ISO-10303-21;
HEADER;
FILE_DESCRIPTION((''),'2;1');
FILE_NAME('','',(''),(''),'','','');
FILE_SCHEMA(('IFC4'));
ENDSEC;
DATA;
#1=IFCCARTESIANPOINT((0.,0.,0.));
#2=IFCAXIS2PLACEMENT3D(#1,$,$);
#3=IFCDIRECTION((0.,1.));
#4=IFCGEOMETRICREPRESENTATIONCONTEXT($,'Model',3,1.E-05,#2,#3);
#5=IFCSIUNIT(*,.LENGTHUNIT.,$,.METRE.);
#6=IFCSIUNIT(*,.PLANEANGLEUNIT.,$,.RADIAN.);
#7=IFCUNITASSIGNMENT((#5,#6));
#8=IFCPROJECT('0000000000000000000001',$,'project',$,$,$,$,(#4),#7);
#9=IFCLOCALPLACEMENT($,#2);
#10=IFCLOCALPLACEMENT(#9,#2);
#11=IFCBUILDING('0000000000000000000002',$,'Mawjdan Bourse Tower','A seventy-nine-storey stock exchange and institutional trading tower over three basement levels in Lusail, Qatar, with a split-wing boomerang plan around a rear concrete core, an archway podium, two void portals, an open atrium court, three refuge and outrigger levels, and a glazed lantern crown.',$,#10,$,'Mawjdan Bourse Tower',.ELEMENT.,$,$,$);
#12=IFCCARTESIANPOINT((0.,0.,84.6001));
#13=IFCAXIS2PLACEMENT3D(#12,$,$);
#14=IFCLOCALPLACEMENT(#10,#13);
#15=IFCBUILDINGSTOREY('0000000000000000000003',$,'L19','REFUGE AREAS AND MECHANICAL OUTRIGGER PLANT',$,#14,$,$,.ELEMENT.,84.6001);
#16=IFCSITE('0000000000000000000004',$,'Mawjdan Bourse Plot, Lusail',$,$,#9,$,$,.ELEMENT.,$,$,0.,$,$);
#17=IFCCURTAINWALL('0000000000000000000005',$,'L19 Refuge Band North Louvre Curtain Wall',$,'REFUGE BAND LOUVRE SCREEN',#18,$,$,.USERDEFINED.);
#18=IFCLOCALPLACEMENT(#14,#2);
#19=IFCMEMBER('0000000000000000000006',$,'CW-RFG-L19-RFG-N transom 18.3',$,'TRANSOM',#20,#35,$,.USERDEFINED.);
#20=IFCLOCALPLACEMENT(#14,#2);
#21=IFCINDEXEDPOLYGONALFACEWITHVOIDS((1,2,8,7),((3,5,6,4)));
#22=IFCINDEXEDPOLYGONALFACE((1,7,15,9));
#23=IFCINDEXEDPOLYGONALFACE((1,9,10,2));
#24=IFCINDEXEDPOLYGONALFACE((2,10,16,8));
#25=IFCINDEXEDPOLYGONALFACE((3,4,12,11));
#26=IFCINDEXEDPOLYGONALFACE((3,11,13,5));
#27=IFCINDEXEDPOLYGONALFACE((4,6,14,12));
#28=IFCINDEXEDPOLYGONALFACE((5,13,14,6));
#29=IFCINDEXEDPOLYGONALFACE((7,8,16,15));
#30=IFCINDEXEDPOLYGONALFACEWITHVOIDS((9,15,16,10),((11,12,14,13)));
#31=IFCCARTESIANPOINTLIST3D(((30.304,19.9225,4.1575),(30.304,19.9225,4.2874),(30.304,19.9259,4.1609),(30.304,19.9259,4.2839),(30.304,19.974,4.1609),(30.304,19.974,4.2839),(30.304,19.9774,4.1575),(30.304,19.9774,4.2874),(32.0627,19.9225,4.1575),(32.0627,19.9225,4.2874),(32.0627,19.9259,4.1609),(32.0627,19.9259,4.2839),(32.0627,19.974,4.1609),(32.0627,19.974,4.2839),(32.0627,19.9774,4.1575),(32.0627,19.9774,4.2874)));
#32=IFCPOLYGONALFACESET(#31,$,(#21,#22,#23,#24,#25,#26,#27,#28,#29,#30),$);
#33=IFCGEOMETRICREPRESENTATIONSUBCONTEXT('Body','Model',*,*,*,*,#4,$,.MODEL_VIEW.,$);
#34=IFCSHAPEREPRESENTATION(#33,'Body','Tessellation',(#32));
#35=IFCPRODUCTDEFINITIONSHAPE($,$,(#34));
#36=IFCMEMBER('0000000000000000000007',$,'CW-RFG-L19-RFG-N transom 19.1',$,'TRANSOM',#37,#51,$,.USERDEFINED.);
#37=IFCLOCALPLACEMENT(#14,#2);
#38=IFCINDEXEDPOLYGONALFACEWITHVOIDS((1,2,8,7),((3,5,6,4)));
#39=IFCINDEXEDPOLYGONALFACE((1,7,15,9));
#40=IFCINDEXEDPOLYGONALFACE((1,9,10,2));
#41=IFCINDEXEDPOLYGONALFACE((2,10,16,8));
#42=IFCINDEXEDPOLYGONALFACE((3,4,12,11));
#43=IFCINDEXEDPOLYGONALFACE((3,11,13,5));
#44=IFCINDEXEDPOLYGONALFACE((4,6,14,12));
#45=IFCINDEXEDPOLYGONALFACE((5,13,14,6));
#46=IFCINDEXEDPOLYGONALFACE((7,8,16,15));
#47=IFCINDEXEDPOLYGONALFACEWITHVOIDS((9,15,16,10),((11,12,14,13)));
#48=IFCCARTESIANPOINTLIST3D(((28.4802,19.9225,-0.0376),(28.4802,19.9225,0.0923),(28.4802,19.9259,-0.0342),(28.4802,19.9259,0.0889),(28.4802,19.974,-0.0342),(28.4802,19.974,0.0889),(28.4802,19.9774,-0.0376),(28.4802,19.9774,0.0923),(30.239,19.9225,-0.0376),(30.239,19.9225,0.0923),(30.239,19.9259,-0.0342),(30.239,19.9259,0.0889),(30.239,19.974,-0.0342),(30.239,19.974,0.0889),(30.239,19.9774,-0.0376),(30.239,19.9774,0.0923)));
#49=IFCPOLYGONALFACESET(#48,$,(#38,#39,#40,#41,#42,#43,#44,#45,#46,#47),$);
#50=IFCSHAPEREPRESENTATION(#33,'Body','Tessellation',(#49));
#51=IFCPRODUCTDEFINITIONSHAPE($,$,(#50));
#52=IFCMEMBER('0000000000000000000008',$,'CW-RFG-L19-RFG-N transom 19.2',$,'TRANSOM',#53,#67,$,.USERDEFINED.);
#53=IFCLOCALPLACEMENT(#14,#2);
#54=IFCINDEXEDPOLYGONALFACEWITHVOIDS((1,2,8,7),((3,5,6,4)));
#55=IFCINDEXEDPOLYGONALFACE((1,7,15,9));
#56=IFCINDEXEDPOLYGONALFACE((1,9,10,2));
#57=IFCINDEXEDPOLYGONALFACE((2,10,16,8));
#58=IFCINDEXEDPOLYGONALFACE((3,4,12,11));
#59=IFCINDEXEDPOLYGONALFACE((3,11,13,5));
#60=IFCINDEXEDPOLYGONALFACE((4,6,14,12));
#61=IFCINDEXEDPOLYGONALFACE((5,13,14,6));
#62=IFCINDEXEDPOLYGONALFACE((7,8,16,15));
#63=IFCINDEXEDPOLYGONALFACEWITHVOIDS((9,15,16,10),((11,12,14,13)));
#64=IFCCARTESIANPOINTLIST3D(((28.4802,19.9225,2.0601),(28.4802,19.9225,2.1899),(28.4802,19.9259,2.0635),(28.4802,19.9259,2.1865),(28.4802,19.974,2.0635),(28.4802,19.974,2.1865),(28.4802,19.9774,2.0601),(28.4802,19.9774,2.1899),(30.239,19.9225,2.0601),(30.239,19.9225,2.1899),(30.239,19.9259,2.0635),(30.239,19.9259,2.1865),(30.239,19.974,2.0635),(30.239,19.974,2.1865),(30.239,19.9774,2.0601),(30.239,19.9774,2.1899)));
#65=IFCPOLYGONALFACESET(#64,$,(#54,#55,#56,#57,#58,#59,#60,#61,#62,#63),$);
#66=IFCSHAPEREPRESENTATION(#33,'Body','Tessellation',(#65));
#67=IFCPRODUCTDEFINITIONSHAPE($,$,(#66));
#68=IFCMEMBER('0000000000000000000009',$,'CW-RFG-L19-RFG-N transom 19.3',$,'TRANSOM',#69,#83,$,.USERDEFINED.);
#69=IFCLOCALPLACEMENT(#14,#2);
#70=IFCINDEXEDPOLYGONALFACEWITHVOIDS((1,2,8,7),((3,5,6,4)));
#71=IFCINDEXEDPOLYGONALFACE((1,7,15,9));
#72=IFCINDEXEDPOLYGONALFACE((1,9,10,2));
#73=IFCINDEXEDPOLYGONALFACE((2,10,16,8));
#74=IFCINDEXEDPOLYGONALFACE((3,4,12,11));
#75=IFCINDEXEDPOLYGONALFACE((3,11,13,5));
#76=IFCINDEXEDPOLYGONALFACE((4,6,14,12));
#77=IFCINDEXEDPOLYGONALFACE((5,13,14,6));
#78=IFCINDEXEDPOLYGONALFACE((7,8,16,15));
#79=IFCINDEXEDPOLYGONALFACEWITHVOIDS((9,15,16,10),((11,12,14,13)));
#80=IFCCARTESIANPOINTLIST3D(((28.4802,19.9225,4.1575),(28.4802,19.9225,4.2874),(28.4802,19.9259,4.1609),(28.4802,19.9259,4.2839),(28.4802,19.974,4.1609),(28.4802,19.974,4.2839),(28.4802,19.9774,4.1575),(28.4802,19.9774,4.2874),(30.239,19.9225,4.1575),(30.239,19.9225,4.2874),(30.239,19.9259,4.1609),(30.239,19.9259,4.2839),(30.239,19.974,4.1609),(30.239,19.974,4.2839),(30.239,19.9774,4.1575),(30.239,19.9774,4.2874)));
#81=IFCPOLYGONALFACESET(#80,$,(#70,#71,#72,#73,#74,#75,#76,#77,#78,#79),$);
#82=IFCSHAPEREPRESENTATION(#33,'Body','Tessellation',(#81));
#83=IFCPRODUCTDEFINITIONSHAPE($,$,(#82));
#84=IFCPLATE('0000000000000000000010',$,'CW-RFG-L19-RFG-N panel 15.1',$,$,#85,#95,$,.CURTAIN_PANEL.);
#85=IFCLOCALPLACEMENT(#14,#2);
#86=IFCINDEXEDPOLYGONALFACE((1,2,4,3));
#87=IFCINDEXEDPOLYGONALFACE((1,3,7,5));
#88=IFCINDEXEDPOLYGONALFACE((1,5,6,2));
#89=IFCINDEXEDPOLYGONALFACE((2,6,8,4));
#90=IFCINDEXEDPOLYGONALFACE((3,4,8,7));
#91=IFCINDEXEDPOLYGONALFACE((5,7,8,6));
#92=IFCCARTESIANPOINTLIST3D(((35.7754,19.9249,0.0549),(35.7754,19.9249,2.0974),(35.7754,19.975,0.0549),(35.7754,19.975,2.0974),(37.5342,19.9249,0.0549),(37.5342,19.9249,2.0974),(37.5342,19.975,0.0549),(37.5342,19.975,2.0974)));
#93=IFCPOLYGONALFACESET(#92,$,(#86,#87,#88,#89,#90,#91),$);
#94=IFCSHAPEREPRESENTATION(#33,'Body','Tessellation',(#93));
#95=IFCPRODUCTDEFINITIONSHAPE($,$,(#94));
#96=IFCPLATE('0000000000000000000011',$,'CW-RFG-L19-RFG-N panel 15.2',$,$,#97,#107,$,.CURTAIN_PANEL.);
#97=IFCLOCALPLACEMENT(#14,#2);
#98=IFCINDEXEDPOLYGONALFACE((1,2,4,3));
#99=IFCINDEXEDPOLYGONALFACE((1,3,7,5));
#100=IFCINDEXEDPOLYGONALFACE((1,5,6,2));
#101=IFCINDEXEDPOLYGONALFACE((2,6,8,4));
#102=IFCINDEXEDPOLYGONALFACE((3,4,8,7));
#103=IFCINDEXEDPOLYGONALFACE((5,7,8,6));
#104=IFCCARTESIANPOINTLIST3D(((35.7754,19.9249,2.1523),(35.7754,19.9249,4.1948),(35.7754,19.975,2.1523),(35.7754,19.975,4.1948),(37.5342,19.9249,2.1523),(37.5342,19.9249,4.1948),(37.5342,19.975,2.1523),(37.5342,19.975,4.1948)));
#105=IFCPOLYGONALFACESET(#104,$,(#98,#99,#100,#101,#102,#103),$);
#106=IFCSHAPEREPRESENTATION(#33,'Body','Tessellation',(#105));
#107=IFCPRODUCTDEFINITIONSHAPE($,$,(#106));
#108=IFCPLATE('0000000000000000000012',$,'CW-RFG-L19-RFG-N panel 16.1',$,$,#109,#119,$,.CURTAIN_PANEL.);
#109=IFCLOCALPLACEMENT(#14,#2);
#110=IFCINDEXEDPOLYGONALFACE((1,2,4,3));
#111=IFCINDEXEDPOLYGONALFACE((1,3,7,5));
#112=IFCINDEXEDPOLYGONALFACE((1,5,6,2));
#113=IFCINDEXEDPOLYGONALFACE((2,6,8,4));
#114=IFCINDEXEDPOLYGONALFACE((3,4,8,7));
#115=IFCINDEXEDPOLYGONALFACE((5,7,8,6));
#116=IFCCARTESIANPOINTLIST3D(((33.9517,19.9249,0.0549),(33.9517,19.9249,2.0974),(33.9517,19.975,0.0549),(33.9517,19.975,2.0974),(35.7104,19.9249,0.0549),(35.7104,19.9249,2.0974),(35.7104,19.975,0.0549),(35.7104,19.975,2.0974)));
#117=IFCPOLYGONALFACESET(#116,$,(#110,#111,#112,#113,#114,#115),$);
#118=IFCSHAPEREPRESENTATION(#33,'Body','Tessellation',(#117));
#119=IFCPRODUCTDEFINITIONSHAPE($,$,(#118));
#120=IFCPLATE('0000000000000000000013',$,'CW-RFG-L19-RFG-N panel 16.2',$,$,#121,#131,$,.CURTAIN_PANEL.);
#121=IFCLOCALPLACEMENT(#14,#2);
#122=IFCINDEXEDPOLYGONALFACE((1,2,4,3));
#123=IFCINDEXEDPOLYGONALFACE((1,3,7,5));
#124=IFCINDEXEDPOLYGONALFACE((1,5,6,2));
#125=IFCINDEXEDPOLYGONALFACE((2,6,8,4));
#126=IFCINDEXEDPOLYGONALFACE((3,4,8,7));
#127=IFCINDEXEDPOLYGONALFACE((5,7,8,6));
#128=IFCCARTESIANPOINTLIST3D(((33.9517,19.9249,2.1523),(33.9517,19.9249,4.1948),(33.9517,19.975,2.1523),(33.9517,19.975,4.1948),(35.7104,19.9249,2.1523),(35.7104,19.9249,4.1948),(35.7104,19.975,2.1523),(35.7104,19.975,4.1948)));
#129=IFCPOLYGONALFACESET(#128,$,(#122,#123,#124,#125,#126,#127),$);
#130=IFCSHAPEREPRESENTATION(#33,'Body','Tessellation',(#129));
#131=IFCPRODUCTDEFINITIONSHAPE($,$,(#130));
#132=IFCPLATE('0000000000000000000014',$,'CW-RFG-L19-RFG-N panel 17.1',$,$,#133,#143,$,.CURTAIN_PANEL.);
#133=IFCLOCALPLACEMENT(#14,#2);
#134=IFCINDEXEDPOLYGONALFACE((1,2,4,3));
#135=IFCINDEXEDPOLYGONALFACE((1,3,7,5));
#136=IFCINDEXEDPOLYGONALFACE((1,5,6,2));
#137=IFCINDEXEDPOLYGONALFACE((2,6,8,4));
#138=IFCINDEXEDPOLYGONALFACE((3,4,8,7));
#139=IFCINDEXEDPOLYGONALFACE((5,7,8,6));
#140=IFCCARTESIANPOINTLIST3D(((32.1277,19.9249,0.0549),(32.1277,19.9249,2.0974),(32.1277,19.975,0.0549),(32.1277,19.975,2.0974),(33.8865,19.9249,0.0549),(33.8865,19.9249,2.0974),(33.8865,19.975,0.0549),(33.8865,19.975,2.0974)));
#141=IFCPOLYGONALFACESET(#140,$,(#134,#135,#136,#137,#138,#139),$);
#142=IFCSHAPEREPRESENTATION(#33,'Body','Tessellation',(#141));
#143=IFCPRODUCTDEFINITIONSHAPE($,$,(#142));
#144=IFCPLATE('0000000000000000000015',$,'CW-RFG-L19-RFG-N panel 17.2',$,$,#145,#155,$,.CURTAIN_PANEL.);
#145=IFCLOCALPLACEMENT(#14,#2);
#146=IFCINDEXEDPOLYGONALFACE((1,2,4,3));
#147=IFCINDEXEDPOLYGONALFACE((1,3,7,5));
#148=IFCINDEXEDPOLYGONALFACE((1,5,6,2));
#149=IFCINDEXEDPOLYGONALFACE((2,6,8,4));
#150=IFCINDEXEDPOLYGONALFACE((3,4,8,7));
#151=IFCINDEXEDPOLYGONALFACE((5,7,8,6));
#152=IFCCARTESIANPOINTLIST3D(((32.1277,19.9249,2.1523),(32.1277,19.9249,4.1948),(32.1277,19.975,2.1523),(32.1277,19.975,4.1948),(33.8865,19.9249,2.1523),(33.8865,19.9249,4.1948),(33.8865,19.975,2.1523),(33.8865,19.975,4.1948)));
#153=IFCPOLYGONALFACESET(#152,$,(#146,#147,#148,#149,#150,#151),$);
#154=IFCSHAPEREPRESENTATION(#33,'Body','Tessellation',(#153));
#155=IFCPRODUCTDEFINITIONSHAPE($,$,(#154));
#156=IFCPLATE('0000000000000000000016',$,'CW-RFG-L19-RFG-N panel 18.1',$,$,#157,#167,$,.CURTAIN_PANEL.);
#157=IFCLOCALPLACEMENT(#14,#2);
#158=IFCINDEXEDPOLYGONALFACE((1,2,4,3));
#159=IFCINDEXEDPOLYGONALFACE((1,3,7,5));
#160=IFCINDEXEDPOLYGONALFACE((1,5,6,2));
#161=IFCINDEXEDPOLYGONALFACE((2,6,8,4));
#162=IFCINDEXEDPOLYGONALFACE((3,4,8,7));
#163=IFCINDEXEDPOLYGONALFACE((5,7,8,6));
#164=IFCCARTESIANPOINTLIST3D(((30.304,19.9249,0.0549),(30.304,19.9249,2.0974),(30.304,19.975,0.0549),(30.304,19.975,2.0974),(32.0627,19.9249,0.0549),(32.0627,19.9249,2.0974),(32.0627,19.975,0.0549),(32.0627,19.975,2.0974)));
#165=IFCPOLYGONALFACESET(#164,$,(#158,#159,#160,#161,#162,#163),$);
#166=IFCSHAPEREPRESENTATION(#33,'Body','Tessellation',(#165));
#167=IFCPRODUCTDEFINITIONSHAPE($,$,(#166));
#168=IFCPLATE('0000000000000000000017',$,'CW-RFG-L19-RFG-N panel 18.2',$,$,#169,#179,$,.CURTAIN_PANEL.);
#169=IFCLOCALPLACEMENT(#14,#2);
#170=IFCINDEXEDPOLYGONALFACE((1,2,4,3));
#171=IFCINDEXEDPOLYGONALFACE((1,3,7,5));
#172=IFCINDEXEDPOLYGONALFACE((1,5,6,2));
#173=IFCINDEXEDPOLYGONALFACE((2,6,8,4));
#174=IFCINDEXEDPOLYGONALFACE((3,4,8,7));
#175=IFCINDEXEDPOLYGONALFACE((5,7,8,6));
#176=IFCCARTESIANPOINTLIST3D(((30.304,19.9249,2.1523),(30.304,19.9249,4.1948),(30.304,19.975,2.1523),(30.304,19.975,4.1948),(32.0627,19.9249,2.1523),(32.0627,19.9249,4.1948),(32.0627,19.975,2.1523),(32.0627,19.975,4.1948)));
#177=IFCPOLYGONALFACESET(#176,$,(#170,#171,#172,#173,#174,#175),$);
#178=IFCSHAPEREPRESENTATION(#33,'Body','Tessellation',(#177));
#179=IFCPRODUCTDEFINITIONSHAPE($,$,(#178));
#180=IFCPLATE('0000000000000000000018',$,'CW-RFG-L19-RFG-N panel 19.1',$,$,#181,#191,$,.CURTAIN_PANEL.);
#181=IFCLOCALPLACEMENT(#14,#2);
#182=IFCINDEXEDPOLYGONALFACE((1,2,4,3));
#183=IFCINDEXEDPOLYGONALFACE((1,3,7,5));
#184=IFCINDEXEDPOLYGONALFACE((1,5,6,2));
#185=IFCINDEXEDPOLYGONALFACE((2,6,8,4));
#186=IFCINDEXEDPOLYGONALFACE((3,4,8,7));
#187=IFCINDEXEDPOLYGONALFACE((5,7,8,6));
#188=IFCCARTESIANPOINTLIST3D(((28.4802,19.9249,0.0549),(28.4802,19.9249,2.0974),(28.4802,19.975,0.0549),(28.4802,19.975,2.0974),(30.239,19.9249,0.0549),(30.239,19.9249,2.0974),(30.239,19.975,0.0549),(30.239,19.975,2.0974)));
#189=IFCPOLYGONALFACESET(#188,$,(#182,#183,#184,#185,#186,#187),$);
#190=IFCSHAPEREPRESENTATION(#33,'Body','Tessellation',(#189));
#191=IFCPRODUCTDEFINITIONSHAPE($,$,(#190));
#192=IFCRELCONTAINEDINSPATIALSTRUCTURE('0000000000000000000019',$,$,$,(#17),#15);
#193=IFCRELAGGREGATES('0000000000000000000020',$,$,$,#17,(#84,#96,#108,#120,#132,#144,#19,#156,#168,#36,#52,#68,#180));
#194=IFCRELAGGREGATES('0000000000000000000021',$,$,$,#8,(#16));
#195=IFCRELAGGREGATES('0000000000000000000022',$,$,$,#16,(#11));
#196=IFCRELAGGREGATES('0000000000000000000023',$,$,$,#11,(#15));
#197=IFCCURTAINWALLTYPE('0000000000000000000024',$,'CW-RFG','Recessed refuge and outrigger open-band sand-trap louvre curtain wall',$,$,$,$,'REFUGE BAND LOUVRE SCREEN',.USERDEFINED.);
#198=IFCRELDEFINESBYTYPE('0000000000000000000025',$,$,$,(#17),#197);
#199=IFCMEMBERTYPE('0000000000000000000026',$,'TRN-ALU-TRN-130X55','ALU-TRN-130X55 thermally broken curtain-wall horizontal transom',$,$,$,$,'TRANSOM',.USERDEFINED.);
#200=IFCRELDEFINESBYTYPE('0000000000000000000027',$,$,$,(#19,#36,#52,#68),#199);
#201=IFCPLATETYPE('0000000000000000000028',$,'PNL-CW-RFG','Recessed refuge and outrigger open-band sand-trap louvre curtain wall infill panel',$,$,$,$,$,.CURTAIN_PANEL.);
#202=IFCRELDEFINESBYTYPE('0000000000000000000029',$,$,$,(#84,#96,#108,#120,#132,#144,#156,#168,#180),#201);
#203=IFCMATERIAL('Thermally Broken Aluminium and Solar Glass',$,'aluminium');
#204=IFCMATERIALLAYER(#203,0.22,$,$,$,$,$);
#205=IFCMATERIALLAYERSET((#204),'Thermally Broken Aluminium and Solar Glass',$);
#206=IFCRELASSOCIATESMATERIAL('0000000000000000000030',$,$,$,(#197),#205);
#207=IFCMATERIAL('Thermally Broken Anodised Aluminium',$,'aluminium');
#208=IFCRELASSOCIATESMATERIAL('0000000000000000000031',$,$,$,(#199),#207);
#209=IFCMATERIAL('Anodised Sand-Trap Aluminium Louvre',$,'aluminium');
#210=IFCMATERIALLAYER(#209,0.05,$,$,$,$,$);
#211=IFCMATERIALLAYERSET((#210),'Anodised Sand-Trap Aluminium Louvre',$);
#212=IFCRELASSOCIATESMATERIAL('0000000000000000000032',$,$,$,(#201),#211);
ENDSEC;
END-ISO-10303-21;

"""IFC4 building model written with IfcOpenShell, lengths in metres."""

from ifc_helpers import new_model, si_unit, direction, frame, origin, origin_2d, place, context, subcontext, project, spatial, rectangle, hollow_rectangle, extrude, material, layer, layer_set, material_profile, profile_set, type_object, element, aggregate, save


model = new_model("IFC4")

# Units and contexts
model_context = context("Model", 3, precision=1e-05, world=origin(), true_north=direction((0.0, 1.0)))
body_context = subcontext(model_context, "Body", "Model", "MODEL_VIEW")
ifc_project = project(units=[si_unit("LENGTHUNIT", "METRE"), si_unit("PLANEANGLEUNIT", "RADIAN")], contexts=[model_context])

# Site, building, storey
site_placement = place(None, origin())
site = spatial("IfcSite", under=ifc_project, at=site_placement, Name="Mawjdan Bourse Plot, Lusail", CompositionType="ELEMENT", RefElevation=0.0)
building_placement = place(site_placement, origin())
building = spatial("IfcBuilding", under=site, at=building_placement, Name="Mawjdan Bourse Tower", Description="A seventy-nine-storey stock exchange and institutional trading tower over three basement levels in Lusail, Qatar, with a split-wing boomerang plan around a rear concrete core, an archway podium, two void portals, an open atrium court, three refuge and outrigger levels, and a glazed lantern crown.", LongName="Mawjdan Bourse Tower", CompositionType="ELEMENT")
storey_placement = place(building_placement, frame((0.0, 0.0, 84.6001)))
storey = spatial("IfcBuildingStorey", under=building, at=storey_placement, Name="L19", Description="REFUGE AREAS AND MECHANICAL OUTRIGGER PLANT", CompositionType="ELEMENT", Elevation=84.6001)

# Curtain wall
ifc_material_1 = material(Name="Thermally Broken Aluminium and Solar Glass", Category="aluminium")
ifc_layer_1 = layer(ifc_material_1, 0.22)
ifc_layer_set_1 = layer_set([ifc_layer_1], Name="Thermally Broken Aluminium and Solar Glass")
curtain_wall_type = type_object("IfcCurtainWallType", Name="CW-RFG", Description="Recessed refuge and outrigger open-band sand-trap louvre curtain wall", ElementType="REFUGE BAND LOUVRE SCREEN", PredefinedType="USERDEFINED", material=ifc_layer_set_1)
curtain_wall_placement = place(storey_placement, origin())
curtain_wall = element("IfcCurtainWall", 1, at=curtain_wall_placement, inside=storey, type_object=curtain_wall_type, Name="L19 Refuge Band North Louvre Curtain Wall", ObjectType="REFUGE BAND LOUVRE SCREEN", PredefinedType="USERDEFINED")
ifc_material_2 = material(Name="Thermally Broken Anodised Aluminium", Category="aluminium")

# Members
ifc_material_profile_1 = material_profile(ifc_material_2, hollow_rectangle(XDim=0.0549, YDim=0.1299, WallThickness=0.0034, at=origin_2d()), Name="ALU-TRN-130X55")
ifc_profile_set_1 = profile_set([ifc_material_profile_1], Name="Thermally Broken Anodised Aluminium")
member_type_1 = type_object("IfcMemberType", Name="TRN-ALU-TRN-130X55", Description="ALU-TRN-130X55 thermally broken curtain-wall horizontal transom", ElementType="TRANSOM", PredefinedType="USERDEFINED", material=ifc_profile_set_1)
member_1_placement = place(storey_placement, frame((32.0627, 19.95, 4.2224), z_axis=(-1.0, 0.0, 0.0), x_axis=(0.0, -1.0, 0.0)))
member_1 = element("IfcMember", 2, at=member_1_placement, type_object=member_type_1, Name="CW-RFG-L19-RFG-N transom 18.3", ObjectType="TRANSOM", PredefinedType="USERDEFINED", context=body_context, shape_type="SweptSolid", body=[
    extrude(hollow_rectangle(XDim=0.0549, YDim=0.1299, WallThickness=0.0034, at=origin_2d()), origin(), (0.0, 0.0, 1.0), 1.7588),
])
member_2_placement = place(storey_placement, frame((30.239, 19.95, 0.0273), z_axis=(-1.0, 0.0, 0.0), x_axis=(0.0, -1.0, 0.0)))
member_2 = element("IfcMember", 3, at=member_2_placement, type_object=member_type_1, Name="CW-RFG-L19-RFG-N transom 19.1", ObjectType="TRANSOM", PredefinedType="USERDEFINED", context=body_context, shape_type="SweptSolid", body=[
    extrude(hollow_rectangle(XDim=0.0549, YDim=0.1299, WallThickness=0.0034, at=origin_2d()), origin(), (0.0, 0.0, 1.0), 1.7588),
])
member_3_placement = place(storey_placement, frame((30.239, 19.95, 2.125), z_axis=(-1.0, 0.0, 0.0), x_axis=(0.0, -1.0, 0.0)))
member_3 = element("IfcMember", 4, at=member_3_placement, type_object=member_type_1, Name="CW-RFG-L19-RFG-N transom 19.2", ObjectType="TRANSOM", PredefinedType="USERDEFINED", context=body_context, shape_type="SweptSolid", body=[
    extrude(hollow_rectangle(XDim=0.0549, YDim=0.1299, WallThickness=0.0034, at=origin_2d()), origin(), (0.0, 0.0, 1.0), 1.7588),
])
member_4_placement = place(storey_placement, frame((30.239, 19.95, 4.2224), z_axis=(-1.0, 0.0, 0.0), x_axis=(0.0, -1.0, 0.0)))
member_4 = element("IfcMember", 5, at=member_4_placement, type_object=member_type_1, Name="CW-RFG-L19-RFG-N transom 19.3", ObjectType="TRANSOM", PredefinedType="USERDEFINED", context=body_context, shape_type="SweptSolid", body=[
    extrude(hollow_rectangle(XDim=0.0549, YDim=0.1299, WallThickness=0.0034, at=origin_2d()), origin(), (0.0, 0.0, 1.0), 1.7588),
])

# Plates
ifc_material_3 = material(Name="Anodised Sand-Trap Aluminium Louvre", Category="aluminium")
ifc_layer_2 = layer(ifc_material_3, 0.05)
ifc_layer_set_2 = layer_set([ifc_layer_2], Name="Anodised Sand-Trap Aluminium Louvre")
plate_type = type_object("IfcPlateType", Name="PNL-CW-RFG", Description="Recessed refuge and outrigger open-band sand-trap louvre curtain wall infill panel", PredefinedType="CURTAIN_PANEL", material=ifc_layer_set_2)
plate_1_placement = place(storey_placement, frame((36.6548, 19.95, 0.0549), z_axis=(0.0, 0.0, 1.0), x_axis=(-1.0, 0.0, 0.0)))
plate_1 = element("IfcPlate", 6, at=plate_1_placement, type_object=plate_type, Name="CW-RFG-L19-RFG-N panel 15.1", PredefinedType="CURTAIN_PANEL", context=body_context, shape_type="SweptSolid", body=[
    extrude(rectangle(XDim=1.7588, YDim=0.05, at=origin_2d()), origin(), (0.0, 0.0, 1.0), 2.0425),
])
plate_2_placement = place(storey_placement, frame((36.6548, 19.95, 2.1523), z_axis=(0.0, 0.0, 1.0), x_axis=(-1.0, 0.0, 0.0)))
plate_2 = element("IfcPlate", 7, at=plate_2_placement, type_object=plate_type, Name="CW-RFG-L19-RFG-N panel 15.2", PredefinedType="CURTAIN_PANEL", context=body_context, shape_type="SweptSolid", body=[
    extrude(rectangle(XDim=1.7588, YDim=0.05, at=origin_2d()), origin(), (0.0, 0.0, 1.0), 2.0425),
])
plate_3_placement = place(storey_placement, frame((34.8311, 19.95, 0.0549), z_axis=(0.0, 0.0, 1.0), x_axis=(-1.0, 0.0, 0.0)))
plate_3 = element("IfcPlate", 8, at=plate_3_placement, type_object=plate_type, Name="CW-RFG-L19-RFG-N panel 16.1", PredefinedType="CURTAIN_PANEL", context=body_context, shape_type="SweptSolid", body=[
    extrude(rectangle(XDim=1.7588, YDim=0.05, at=origin_2d()), origin(), (0.0, 0.0, 1.0), 2.0425),
])
plate_4_placement = place(storey_placement, frame((34.8311, 19.95, 2.1523), z_axis=(0.0, 0.0, 1.0), x_axis=(-1.0, 0.0, 0.0)))
plate_4 = element("IfcPlate", 9, at=plate_4_placement, type_object=plate_type, Name="CW-RFG-L19-RFG-N panel 16.2", PredefinedType="CURTAIN_PANEL", context=body_context, shape_type="SweptSolid", body=[
    extrude(rectangle(XDim=1.7588, YDim=0.05, at=origin_2d()), origin(), (0.0, 0.0, 1.0), 2.0425),
])
plate_5_placement = place(storey_placement, frame((33.0071, 19.95, 0.0549), z_axis=(0.0, 0.0, 1.0), x_axis=(-1.0, 0.0, 0.0)))
plate_5 = element("IfcPlate", 10, at=plate_5_placement, type_object=plate_type, Name="CW-RFG-L19-RFG-N panel 17.1", PredefinedType="CURTAIN_PANEL", context=body_context, shape_type="SweptSolid", body=[
    extrude(rectangle(XDim=1.7588, YDim=0.05, at=origin_2d()), origin(), (0.0, 0.0, 1.0), 2.0425),
])
plate_6_placement = place(storey_placement, frame((33.0071, 19.95, 2.1523), z_axis=(0.0, 0.0, 1.0), x_axis=(-1.0, 0.0, 0.0)))
plate_6 = element("IfcPlate", 11, at=plate_6_placement, type_object=plate_type, Name="CW-RFG-L19-RFG-N panel 17.2", PredefinedType="CURTAIN_PANEL", context=body_context, shape_type="SweptSolid", body=[
    extrude(rectangle(XDim=1.7588, YDim=0.05, at=origin_2d()), origin(), (0.0, 0.0, 1.0), 2.0425),
])
plate_7_placement = place(storey_placement, frame((31.1833, 19.95, 0.0549), z_axis=(0.0, 0.0, 1.0), x_axis=(-1.0, 0.0, 0.0)))
plate_7 = element("IfcPlate", 12, at=plate_7_placement, type_object=plate_type, Name="CW-RFG-L19-RFG-N panel 18.1", PredefinedType="CURTAIN_PANEL", context=body_context, shape_type="SweptSolid", body=[
    extrude(rectangle(XDim=1.7588, YDim=0.05, at=origin_2d()), origin(), (0.0, 0.0, 1.0), 2.0425),
])
plate_8_placement = place(storey_placement, frame((31.1833, 19.95, 2.1523), z_axis=(0.0, 0.0, 1.0), x_axis=(-1.0, 0.0, 0.0)))
plate_8 = element("IfcPlate", 13, at=plate_8_placement, type_object=plate_type, Name="CW-RFG-L19-RFG-N panel 18.2", PredefinedType="CURTAIN_PANEL", context=body_context, shape_type="SweptSolid", body=[
    extrude(rectangle(XDim=1.7588, YDim=0.05, at=origin_2d()), origin(), (0.0, 0.0, 1.0), 2.0425),
])
plate_9_placement = place(storey_placement, frame((29.3596, 19.95, 0.0549), z_axis=(0.0, 0.0, 1.0), x_axis=(-1.0, 0.0, 0.0)))
plate_9 = element("IfcPlate", 14, at=plate_9_placement, type_object=plate_type, Name="CW-RFG-L19-RFG-N panel 19.1", PredefinedType="CURTAIN_PANEL", context=body_context, shape_type="SweptSolid", body=[
    extrude(rectangle(XDim=1.7588, YDim=0.05, at=origin_2d()), origin(), (0.0, 0.0, 1.0), 2.0425),
])
aggregate(curtain_wall, [plate_1, plate_2, plate_3, plate_4, plate_5, plate_6, member_1, plate_7, plate_8, member_2, member_3, member_4, plate_9])

save(model, "model.ifc")
